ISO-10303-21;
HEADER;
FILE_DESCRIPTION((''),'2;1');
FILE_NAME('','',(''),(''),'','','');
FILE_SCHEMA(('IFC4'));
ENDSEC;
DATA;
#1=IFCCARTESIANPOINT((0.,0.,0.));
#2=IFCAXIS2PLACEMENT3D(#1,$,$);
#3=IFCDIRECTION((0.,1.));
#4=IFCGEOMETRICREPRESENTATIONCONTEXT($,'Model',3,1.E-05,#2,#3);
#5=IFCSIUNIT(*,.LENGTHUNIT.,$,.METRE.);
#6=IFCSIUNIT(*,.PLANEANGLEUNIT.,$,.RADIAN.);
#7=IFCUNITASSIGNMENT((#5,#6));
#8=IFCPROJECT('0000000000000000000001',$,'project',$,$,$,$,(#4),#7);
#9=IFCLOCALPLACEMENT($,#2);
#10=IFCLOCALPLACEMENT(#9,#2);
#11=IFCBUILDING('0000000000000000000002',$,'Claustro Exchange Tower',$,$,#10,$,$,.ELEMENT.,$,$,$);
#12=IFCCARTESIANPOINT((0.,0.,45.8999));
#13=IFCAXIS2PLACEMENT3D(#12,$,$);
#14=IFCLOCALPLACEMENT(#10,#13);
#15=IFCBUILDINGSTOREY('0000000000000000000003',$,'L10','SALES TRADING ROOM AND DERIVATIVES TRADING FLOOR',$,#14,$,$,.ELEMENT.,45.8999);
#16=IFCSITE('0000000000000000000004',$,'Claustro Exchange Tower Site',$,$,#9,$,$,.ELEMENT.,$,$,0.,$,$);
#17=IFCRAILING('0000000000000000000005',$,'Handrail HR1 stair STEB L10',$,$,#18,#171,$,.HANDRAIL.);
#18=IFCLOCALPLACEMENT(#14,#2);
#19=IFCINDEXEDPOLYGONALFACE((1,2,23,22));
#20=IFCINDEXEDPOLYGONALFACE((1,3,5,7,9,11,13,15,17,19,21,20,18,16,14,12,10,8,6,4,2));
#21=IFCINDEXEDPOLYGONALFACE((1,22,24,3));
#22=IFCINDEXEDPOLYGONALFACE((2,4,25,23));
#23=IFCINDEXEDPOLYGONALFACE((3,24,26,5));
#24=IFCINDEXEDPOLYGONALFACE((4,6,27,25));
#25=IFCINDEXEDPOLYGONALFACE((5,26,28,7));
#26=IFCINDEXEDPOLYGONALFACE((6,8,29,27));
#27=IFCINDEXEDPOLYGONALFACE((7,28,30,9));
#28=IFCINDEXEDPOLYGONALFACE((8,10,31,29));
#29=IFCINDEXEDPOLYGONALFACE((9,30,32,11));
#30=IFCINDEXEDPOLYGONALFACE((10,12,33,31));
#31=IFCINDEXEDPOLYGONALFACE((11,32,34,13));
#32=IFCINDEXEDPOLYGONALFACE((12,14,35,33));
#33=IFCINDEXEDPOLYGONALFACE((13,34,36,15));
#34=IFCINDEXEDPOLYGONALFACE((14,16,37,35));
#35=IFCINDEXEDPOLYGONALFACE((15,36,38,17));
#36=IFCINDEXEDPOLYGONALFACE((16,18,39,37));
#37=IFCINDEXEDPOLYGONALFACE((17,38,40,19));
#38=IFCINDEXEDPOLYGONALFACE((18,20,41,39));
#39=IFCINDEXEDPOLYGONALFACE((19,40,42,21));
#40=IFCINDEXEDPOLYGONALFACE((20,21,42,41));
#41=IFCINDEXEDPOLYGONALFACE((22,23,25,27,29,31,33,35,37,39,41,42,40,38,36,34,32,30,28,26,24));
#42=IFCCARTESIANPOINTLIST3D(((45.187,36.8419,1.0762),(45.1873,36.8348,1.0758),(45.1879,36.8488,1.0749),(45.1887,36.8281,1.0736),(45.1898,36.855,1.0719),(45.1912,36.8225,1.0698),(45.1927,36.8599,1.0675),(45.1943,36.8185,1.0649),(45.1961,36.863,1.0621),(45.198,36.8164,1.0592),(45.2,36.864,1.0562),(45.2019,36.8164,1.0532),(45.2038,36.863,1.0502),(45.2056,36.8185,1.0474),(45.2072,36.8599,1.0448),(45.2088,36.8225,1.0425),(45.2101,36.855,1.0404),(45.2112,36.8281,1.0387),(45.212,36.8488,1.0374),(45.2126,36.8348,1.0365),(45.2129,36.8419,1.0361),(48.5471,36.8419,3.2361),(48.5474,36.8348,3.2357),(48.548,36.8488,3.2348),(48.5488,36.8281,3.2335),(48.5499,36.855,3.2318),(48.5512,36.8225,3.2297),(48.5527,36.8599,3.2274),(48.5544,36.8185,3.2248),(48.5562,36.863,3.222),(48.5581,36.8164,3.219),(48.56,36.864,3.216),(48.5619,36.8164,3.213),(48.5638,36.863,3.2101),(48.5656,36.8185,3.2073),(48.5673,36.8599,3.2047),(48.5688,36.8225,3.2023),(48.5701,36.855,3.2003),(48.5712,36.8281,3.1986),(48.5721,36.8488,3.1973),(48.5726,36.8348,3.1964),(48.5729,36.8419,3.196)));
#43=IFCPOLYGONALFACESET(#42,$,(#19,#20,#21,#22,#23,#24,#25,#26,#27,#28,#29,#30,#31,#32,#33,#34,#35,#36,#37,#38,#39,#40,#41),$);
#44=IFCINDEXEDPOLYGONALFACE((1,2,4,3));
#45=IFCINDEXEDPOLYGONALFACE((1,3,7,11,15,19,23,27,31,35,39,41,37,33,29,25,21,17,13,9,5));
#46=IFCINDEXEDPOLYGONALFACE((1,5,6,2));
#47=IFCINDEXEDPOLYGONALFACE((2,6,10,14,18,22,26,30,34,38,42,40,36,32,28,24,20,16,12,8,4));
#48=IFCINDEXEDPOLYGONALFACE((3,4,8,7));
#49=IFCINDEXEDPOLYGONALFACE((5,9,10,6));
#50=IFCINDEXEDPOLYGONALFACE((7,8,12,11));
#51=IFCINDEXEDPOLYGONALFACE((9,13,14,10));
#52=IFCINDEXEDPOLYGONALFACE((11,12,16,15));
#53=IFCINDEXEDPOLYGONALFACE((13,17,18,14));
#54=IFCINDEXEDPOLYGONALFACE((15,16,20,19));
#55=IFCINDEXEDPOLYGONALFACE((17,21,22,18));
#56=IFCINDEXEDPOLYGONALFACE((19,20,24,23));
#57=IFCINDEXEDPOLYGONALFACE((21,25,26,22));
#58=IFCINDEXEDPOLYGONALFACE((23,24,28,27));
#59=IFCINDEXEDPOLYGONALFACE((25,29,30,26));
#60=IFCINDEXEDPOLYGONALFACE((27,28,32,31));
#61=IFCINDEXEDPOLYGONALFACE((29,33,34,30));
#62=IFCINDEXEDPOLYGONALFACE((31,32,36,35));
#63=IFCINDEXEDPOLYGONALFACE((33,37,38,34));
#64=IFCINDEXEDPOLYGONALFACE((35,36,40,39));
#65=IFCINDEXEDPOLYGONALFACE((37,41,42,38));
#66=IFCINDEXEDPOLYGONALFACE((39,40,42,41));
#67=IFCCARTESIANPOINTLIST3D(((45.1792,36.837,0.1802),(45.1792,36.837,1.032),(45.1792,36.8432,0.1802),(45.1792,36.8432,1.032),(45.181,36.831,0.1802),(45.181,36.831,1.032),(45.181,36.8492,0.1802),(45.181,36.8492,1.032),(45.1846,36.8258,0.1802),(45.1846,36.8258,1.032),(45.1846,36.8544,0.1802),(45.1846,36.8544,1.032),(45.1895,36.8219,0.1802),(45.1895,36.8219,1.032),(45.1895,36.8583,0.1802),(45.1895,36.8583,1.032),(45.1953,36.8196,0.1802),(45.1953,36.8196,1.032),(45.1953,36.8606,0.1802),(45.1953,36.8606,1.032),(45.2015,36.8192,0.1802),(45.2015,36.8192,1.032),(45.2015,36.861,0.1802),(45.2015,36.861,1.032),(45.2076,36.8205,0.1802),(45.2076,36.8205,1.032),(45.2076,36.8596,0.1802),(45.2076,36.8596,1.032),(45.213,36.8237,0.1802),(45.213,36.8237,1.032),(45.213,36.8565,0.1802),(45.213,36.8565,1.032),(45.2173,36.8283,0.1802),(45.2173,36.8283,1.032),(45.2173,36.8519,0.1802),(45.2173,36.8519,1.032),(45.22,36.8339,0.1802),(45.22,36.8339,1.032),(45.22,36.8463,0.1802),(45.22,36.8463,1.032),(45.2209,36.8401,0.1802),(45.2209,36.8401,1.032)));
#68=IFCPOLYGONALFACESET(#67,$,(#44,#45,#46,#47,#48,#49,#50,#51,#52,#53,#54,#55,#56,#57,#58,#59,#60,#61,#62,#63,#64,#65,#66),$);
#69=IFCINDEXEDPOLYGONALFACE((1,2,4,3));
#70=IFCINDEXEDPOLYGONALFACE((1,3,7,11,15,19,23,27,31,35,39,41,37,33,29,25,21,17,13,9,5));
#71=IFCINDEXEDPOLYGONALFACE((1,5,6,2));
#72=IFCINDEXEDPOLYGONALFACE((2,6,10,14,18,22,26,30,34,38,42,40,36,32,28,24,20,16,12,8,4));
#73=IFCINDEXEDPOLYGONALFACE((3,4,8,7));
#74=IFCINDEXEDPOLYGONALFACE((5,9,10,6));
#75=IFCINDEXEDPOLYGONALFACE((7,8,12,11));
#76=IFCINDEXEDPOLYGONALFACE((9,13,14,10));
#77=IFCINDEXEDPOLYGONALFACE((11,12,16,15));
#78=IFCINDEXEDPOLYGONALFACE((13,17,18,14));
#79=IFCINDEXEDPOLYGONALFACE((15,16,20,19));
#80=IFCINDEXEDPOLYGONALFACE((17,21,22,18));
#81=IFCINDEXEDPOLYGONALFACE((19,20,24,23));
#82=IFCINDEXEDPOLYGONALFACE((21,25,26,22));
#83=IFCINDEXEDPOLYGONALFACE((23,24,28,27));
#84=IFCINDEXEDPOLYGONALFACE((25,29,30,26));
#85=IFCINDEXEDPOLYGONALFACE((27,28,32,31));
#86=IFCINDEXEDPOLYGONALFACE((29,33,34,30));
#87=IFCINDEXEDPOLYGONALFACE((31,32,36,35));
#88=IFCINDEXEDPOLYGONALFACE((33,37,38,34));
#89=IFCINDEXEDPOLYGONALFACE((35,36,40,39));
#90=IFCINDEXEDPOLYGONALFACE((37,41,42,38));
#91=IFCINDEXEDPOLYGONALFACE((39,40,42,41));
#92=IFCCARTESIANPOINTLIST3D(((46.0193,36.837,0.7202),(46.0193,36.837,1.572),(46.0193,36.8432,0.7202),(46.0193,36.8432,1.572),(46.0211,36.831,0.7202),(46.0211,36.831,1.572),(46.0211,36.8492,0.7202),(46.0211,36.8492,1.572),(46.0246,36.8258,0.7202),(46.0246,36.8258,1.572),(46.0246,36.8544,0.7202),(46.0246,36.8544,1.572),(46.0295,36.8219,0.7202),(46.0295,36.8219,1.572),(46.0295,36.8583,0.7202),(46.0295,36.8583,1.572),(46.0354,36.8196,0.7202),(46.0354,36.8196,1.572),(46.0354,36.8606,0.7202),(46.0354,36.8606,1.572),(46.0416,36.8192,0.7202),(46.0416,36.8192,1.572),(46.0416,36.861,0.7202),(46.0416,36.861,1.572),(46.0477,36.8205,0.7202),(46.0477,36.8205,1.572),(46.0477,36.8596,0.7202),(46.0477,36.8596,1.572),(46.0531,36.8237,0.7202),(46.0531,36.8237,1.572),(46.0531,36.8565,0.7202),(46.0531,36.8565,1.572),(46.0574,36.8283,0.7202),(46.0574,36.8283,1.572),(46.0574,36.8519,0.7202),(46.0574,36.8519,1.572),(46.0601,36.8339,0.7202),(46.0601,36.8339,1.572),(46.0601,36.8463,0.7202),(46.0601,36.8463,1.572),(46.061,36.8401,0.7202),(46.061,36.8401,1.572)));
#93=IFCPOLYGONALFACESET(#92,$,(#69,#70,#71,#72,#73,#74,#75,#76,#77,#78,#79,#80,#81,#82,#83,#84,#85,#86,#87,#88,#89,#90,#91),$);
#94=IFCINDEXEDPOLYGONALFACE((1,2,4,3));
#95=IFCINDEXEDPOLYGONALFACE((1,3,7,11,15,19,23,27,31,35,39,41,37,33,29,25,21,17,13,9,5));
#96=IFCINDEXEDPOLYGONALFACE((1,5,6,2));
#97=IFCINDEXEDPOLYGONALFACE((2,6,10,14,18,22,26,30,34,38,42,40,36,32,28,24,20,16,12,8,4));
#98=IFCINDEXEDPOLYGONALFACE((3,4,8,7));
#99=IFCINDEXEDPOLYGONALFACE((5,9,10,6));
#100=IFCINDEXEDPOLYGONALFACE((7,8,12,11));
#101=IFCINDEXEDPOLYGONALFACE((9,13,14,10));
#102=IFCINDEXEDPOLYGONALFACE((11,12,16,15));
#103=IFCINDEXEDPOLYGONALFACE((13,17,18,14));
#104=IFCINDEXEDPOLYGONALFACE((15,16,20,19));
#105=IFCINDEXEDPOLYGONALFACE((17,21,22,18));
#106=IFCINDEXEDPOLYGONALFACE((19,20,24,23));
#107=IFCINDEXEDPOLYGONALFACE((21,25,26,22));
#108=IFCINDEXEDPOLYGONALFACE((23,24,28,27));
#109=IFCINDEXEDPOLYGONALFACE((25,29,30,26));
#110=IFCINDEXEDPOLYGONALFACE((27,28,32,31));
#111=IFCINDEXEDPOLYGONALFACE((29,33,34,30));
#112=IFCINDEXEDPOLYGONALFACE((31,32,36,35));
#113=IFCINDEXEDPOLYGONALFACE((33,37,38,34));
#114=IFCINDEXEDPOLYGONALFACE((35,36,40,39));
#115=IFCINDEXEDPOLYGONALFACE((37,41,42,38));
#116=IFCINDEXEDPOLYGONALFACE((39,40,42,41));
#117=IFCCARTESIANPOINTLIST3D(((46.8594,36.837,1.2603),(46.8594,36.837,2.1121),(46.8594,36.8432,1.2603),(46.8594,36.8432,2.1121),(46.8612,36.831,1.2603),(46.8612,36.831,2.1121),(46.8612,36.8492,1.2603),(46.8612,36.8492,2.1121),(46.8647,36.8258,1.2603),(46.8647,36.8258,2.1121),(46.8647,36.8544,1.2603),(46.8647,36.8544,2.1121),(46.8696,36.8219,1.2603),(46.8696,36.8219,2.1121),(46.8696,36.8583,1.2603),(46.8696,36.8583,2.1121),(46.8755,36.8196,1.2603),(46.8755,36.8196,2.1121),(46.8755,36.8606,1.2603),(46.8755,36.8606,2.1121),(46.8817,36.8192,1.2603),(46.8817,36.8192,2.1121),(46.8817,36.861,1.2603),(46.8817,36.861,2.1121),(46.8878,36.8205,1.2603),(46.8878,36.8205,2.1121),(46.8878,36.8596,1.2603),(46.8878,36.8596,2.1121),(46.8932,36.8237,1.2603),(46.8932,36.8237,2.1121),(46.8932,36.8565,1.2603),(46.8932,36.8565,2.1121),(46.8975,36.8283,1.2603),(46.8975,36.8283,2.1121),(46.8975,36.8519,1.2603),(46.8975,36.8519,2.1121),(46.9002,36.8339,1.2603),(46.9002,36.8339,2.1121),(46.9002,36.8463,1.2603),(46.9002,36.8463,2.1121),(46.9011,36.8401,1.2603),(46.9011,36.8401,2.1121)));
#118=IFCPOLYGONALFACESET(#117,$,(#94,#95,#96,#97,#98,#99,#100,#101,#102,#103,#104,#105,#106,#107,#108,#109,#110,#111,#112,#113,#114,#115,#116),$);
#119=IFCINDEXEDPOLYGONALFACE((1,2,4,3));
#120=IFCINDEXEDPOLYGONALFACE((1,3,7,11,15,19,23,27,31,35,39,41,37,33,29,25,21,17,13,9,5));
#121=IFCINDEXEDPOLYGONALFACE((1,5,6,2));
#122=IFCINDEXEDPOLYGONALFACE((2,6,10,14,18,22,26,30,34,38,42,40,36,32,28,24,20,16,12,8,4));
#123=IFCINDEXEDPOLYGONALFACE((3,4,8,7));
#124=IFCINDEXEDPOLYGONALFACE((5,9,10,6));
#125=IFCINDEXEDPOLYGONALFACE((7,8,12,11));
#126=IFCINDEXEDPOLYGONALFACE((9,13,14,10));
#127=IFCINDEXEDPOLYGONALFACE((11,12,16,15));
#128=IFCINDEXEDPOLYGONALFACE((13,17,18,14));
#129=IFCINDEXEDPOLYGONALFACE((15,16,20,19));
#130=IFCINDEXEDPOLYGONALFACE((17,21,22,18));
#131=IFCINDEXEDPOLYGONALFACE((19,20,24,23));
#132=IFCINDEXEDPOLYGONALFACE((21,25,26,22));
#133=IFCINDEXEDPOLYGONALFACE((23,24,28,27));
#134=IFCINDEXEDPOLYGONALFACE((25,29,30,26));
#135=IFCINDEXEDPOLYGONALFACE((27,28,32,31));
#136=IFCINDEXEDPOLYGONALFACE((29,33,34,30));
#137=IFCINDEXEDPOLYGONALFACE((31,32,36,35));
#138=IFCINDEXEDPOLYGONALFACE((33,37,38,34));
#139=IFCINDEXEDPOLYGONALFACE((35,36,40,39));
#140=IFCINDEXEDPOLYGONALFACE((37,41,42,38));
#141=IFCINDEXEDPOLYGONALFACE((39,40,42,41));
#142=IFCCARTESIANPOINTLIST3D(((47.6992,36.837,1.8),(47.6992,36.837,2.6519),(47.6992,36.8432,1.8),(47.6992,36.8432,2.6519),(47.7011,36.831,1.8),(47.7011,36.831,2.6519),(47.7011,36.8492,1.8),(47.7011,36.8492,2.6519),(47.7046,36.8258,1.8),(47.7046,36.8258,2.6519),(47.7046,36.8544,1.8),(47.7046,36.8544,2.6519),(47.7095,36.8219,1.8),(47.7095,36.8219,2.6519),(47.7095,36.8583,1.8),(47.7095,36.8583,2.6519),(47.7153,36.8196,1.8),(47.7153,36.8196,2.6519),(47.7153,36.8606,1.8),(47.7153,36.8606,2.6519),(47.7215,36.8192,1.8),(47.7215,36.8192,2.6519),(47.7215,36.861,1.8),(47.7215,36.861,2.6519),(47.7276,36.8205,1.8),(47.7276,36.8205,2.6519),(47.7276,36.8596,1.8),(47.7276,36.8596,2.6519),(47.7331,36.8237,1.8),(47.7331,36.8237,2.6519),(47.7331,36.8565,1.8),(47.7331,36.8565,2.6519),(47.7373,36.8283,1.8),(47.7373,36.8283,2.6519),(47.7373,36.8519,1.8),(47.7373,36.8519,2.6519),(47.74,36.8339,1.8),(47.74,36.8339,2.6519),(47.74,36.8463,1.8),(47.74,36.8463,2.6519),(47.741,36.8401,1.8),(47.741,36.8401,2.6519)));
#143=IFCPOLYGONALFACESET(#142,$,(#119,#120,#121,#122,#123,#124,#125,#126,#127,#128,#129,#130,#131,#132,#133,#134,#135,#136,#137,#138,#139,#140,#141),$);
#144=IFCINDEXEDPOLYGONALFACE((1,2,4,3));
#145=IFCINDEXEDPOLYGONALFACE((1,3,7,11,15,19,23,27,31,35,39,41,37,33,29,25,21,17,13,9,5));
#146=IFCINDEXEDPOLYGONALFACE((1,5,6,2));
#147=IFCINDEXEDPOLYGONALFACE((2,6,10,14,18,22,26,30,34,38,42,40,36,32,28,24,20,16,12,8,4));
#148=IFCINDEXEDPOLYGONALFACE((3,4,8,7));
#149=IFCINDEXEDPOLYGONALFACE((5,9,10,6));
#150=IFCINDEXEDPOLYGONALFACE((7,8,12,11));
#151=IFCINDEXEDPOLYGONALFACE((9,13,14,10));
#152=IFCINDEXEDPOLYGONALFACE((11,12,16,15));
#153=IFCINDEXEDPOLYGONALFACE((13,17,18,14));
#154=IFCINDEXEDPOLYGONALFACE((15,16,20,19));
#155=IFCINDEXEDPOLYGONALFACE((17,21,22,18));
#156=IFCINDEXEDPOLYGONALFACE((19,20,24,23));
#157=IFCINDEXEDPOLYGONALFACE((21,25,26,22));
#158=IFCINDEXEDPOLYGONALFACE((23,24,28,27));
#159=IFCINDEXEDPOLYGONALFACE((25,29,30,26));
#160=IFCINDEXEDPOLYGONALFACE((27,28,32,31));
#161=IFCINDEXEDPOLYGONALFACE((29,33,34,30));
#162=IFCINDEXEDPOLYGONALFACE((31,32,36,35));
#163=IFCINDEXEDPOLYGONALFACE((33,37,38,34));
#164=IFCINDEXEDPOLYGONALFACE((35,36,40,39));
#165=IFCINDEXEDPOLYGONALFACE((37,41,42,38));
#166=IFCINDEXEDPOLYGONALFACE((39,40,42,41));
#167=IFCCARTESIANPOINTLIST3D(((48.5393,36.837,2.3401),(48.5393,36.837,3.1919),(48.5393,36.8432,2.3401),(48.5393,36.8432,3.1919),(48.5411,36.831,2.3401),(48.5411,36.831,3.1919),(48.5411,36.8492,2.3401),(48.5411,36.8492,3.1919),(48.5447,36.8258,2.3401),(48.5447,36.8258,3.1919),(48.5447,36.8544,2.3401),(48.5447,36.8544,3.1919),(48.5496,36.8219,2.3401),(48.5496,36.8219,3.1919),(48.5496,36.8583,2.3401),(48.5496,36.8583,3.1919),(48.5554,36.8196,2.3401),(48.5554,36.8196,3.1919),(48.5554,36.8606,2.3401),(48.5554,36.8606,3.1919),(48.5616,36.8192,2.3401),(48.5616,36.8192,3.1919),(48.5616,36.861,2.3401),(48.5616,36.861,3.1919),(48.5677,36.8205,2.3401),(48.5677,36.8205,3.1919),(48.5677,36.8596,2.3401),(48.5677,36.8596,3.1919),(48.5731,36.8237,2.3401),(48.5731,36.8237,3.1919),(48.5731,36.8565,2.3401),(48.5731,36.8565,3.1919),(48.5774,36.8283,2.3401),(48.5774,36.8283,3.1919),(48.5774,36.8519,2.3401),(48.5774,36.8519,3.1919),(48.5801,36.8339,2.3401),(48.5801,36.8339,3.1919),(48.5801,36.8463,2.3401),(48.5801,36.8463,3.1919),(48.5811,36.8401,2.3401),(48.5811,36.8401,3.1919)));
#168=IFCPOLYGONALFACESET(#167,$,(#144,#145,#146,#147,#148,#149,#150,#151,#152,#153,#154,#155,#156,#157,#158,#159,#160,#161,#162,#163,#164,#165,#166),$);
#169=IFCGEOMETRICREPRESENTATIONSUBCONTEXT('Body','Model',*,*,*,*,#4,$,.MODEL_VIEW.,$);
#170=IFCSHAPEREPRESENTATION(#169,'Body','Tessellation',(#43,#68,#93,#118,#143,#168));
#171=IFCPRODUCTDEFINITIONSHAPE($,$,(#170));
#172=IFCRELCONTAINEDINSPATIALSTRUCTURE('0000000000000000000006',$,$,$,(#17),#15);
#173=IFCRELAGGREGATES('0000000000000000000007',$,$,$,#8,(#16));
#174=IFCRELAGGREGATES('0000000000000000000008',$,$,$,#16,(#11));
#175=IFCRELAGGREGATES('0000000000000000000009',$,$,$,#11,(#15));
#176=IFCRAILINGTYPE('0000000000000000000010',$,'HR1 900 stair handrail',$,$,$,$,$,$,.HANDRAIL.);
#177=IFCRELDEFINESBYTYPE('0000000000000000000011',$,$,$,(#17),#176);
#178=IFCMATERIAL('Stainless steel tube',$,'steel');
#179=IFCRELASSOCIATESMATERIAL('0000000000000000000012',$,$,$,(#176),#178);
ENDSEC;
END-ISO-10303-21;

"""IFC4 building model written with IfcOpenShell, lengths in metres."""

from ifc_helpers import new_model, si_unit, direction, frame, origin, origin_2d, place, context, subcontext, project, spatial, circle, extrude, material, type_object, element, save


model = new_model("IFC4")

# Units and contexts
model_context = context("Model", 3, precision=1e-05, world=origin(), true_north=direction((0.0, 1.0)))
body_context = subcontext(model_context, "Body", "Model", "MODEL_VIEW")
ifc_project = project(units=[si_unit("LENGTHUNIT", "METRE"), si_unit("PLANEANGLEUNIT", "RADIAN")], contexts=[model_context])

# Site, building, storey
site_placement = place(None, origin())
site = spatial("IfcSite", under=ifc_project, at=site_placement, Name="Claustro Exchange Tower Site", CompositionType="ELEMENT", RefElevation=0.0)
building_placement = place(site_placement, origin())
building = spatial("IfcBuilding", under=site, at=building_placement, Name="Claustro Exchange Tower", CompositionType="ELEMENT")
storey_placement = place(building_placement, frame((0.0, 0.0, 45.8999)))
storey = spatial("IfcBuildingStorey", under=building, at=storey_placement, Name="L10", Description="SALES TRADING ROOM AND DERIVATIVES TRADING FLOOR", CompositionType="ELEMENT", Elevation=45.8999)

# Railing
ifc_material_1 = material(Name="Stainless steel tube", Category="steel")
railing_type_1 = type_object("IfcRailingType", Name="HR1 900 stair handrail", PredefinedType="HANDRAIL", material=ifc_material_1)
railing_1_placement = place(storey_placement, frame((45.2, 36.8401, 0.1802)))
element("IfcRailing", 1, at=railing_1_placement, inside=storey, type_object=railing_type_1, Name="Handrail HR1 stair STEB L10", PredefinedType="HANDRAIL", context=body_context, shape_type="SweptSolid", body=[
    extrude(circle(Radius=0.0239, at=origin_2d()), frame((0.0, 0.0, 0.876), z_axis=(0.841196, 0.0, 0.54073), x_axis=(0.0, 1.0, 0.0)), (0.0, 0.0, 1.0), 3.9944),
    extrude(circle(Radius=0.021, at=origin_2d()), origin(), (0.0, 0.0, 1.0), 0.8518),
    extrude(circle(Radius=0.021, at=origin_2d()), frame((0.8401, 0.0, 0.54)), (0.0, 0.0, 1.0), 0.8518),
    extrude(circle(Radius=0.021, at=origin_2d()), frame((1.6802, 0.0, 1.0801)), (0.0, 0.0, 1.0), 0.8518),
    extrude(circle(Radius=0.021, at=origin_2d()), frame((2.52, 0.0, 1.6199)), (0.0, 0.0, 1.0), 0.8518),
    extrude(circle(Radius=0.021, at=origin_2d()), frame((3.3601, 0.0, 2.1599)), (0.0, 0.0, 1.0), 0.8518),
])

save(model, "model.ifc")
